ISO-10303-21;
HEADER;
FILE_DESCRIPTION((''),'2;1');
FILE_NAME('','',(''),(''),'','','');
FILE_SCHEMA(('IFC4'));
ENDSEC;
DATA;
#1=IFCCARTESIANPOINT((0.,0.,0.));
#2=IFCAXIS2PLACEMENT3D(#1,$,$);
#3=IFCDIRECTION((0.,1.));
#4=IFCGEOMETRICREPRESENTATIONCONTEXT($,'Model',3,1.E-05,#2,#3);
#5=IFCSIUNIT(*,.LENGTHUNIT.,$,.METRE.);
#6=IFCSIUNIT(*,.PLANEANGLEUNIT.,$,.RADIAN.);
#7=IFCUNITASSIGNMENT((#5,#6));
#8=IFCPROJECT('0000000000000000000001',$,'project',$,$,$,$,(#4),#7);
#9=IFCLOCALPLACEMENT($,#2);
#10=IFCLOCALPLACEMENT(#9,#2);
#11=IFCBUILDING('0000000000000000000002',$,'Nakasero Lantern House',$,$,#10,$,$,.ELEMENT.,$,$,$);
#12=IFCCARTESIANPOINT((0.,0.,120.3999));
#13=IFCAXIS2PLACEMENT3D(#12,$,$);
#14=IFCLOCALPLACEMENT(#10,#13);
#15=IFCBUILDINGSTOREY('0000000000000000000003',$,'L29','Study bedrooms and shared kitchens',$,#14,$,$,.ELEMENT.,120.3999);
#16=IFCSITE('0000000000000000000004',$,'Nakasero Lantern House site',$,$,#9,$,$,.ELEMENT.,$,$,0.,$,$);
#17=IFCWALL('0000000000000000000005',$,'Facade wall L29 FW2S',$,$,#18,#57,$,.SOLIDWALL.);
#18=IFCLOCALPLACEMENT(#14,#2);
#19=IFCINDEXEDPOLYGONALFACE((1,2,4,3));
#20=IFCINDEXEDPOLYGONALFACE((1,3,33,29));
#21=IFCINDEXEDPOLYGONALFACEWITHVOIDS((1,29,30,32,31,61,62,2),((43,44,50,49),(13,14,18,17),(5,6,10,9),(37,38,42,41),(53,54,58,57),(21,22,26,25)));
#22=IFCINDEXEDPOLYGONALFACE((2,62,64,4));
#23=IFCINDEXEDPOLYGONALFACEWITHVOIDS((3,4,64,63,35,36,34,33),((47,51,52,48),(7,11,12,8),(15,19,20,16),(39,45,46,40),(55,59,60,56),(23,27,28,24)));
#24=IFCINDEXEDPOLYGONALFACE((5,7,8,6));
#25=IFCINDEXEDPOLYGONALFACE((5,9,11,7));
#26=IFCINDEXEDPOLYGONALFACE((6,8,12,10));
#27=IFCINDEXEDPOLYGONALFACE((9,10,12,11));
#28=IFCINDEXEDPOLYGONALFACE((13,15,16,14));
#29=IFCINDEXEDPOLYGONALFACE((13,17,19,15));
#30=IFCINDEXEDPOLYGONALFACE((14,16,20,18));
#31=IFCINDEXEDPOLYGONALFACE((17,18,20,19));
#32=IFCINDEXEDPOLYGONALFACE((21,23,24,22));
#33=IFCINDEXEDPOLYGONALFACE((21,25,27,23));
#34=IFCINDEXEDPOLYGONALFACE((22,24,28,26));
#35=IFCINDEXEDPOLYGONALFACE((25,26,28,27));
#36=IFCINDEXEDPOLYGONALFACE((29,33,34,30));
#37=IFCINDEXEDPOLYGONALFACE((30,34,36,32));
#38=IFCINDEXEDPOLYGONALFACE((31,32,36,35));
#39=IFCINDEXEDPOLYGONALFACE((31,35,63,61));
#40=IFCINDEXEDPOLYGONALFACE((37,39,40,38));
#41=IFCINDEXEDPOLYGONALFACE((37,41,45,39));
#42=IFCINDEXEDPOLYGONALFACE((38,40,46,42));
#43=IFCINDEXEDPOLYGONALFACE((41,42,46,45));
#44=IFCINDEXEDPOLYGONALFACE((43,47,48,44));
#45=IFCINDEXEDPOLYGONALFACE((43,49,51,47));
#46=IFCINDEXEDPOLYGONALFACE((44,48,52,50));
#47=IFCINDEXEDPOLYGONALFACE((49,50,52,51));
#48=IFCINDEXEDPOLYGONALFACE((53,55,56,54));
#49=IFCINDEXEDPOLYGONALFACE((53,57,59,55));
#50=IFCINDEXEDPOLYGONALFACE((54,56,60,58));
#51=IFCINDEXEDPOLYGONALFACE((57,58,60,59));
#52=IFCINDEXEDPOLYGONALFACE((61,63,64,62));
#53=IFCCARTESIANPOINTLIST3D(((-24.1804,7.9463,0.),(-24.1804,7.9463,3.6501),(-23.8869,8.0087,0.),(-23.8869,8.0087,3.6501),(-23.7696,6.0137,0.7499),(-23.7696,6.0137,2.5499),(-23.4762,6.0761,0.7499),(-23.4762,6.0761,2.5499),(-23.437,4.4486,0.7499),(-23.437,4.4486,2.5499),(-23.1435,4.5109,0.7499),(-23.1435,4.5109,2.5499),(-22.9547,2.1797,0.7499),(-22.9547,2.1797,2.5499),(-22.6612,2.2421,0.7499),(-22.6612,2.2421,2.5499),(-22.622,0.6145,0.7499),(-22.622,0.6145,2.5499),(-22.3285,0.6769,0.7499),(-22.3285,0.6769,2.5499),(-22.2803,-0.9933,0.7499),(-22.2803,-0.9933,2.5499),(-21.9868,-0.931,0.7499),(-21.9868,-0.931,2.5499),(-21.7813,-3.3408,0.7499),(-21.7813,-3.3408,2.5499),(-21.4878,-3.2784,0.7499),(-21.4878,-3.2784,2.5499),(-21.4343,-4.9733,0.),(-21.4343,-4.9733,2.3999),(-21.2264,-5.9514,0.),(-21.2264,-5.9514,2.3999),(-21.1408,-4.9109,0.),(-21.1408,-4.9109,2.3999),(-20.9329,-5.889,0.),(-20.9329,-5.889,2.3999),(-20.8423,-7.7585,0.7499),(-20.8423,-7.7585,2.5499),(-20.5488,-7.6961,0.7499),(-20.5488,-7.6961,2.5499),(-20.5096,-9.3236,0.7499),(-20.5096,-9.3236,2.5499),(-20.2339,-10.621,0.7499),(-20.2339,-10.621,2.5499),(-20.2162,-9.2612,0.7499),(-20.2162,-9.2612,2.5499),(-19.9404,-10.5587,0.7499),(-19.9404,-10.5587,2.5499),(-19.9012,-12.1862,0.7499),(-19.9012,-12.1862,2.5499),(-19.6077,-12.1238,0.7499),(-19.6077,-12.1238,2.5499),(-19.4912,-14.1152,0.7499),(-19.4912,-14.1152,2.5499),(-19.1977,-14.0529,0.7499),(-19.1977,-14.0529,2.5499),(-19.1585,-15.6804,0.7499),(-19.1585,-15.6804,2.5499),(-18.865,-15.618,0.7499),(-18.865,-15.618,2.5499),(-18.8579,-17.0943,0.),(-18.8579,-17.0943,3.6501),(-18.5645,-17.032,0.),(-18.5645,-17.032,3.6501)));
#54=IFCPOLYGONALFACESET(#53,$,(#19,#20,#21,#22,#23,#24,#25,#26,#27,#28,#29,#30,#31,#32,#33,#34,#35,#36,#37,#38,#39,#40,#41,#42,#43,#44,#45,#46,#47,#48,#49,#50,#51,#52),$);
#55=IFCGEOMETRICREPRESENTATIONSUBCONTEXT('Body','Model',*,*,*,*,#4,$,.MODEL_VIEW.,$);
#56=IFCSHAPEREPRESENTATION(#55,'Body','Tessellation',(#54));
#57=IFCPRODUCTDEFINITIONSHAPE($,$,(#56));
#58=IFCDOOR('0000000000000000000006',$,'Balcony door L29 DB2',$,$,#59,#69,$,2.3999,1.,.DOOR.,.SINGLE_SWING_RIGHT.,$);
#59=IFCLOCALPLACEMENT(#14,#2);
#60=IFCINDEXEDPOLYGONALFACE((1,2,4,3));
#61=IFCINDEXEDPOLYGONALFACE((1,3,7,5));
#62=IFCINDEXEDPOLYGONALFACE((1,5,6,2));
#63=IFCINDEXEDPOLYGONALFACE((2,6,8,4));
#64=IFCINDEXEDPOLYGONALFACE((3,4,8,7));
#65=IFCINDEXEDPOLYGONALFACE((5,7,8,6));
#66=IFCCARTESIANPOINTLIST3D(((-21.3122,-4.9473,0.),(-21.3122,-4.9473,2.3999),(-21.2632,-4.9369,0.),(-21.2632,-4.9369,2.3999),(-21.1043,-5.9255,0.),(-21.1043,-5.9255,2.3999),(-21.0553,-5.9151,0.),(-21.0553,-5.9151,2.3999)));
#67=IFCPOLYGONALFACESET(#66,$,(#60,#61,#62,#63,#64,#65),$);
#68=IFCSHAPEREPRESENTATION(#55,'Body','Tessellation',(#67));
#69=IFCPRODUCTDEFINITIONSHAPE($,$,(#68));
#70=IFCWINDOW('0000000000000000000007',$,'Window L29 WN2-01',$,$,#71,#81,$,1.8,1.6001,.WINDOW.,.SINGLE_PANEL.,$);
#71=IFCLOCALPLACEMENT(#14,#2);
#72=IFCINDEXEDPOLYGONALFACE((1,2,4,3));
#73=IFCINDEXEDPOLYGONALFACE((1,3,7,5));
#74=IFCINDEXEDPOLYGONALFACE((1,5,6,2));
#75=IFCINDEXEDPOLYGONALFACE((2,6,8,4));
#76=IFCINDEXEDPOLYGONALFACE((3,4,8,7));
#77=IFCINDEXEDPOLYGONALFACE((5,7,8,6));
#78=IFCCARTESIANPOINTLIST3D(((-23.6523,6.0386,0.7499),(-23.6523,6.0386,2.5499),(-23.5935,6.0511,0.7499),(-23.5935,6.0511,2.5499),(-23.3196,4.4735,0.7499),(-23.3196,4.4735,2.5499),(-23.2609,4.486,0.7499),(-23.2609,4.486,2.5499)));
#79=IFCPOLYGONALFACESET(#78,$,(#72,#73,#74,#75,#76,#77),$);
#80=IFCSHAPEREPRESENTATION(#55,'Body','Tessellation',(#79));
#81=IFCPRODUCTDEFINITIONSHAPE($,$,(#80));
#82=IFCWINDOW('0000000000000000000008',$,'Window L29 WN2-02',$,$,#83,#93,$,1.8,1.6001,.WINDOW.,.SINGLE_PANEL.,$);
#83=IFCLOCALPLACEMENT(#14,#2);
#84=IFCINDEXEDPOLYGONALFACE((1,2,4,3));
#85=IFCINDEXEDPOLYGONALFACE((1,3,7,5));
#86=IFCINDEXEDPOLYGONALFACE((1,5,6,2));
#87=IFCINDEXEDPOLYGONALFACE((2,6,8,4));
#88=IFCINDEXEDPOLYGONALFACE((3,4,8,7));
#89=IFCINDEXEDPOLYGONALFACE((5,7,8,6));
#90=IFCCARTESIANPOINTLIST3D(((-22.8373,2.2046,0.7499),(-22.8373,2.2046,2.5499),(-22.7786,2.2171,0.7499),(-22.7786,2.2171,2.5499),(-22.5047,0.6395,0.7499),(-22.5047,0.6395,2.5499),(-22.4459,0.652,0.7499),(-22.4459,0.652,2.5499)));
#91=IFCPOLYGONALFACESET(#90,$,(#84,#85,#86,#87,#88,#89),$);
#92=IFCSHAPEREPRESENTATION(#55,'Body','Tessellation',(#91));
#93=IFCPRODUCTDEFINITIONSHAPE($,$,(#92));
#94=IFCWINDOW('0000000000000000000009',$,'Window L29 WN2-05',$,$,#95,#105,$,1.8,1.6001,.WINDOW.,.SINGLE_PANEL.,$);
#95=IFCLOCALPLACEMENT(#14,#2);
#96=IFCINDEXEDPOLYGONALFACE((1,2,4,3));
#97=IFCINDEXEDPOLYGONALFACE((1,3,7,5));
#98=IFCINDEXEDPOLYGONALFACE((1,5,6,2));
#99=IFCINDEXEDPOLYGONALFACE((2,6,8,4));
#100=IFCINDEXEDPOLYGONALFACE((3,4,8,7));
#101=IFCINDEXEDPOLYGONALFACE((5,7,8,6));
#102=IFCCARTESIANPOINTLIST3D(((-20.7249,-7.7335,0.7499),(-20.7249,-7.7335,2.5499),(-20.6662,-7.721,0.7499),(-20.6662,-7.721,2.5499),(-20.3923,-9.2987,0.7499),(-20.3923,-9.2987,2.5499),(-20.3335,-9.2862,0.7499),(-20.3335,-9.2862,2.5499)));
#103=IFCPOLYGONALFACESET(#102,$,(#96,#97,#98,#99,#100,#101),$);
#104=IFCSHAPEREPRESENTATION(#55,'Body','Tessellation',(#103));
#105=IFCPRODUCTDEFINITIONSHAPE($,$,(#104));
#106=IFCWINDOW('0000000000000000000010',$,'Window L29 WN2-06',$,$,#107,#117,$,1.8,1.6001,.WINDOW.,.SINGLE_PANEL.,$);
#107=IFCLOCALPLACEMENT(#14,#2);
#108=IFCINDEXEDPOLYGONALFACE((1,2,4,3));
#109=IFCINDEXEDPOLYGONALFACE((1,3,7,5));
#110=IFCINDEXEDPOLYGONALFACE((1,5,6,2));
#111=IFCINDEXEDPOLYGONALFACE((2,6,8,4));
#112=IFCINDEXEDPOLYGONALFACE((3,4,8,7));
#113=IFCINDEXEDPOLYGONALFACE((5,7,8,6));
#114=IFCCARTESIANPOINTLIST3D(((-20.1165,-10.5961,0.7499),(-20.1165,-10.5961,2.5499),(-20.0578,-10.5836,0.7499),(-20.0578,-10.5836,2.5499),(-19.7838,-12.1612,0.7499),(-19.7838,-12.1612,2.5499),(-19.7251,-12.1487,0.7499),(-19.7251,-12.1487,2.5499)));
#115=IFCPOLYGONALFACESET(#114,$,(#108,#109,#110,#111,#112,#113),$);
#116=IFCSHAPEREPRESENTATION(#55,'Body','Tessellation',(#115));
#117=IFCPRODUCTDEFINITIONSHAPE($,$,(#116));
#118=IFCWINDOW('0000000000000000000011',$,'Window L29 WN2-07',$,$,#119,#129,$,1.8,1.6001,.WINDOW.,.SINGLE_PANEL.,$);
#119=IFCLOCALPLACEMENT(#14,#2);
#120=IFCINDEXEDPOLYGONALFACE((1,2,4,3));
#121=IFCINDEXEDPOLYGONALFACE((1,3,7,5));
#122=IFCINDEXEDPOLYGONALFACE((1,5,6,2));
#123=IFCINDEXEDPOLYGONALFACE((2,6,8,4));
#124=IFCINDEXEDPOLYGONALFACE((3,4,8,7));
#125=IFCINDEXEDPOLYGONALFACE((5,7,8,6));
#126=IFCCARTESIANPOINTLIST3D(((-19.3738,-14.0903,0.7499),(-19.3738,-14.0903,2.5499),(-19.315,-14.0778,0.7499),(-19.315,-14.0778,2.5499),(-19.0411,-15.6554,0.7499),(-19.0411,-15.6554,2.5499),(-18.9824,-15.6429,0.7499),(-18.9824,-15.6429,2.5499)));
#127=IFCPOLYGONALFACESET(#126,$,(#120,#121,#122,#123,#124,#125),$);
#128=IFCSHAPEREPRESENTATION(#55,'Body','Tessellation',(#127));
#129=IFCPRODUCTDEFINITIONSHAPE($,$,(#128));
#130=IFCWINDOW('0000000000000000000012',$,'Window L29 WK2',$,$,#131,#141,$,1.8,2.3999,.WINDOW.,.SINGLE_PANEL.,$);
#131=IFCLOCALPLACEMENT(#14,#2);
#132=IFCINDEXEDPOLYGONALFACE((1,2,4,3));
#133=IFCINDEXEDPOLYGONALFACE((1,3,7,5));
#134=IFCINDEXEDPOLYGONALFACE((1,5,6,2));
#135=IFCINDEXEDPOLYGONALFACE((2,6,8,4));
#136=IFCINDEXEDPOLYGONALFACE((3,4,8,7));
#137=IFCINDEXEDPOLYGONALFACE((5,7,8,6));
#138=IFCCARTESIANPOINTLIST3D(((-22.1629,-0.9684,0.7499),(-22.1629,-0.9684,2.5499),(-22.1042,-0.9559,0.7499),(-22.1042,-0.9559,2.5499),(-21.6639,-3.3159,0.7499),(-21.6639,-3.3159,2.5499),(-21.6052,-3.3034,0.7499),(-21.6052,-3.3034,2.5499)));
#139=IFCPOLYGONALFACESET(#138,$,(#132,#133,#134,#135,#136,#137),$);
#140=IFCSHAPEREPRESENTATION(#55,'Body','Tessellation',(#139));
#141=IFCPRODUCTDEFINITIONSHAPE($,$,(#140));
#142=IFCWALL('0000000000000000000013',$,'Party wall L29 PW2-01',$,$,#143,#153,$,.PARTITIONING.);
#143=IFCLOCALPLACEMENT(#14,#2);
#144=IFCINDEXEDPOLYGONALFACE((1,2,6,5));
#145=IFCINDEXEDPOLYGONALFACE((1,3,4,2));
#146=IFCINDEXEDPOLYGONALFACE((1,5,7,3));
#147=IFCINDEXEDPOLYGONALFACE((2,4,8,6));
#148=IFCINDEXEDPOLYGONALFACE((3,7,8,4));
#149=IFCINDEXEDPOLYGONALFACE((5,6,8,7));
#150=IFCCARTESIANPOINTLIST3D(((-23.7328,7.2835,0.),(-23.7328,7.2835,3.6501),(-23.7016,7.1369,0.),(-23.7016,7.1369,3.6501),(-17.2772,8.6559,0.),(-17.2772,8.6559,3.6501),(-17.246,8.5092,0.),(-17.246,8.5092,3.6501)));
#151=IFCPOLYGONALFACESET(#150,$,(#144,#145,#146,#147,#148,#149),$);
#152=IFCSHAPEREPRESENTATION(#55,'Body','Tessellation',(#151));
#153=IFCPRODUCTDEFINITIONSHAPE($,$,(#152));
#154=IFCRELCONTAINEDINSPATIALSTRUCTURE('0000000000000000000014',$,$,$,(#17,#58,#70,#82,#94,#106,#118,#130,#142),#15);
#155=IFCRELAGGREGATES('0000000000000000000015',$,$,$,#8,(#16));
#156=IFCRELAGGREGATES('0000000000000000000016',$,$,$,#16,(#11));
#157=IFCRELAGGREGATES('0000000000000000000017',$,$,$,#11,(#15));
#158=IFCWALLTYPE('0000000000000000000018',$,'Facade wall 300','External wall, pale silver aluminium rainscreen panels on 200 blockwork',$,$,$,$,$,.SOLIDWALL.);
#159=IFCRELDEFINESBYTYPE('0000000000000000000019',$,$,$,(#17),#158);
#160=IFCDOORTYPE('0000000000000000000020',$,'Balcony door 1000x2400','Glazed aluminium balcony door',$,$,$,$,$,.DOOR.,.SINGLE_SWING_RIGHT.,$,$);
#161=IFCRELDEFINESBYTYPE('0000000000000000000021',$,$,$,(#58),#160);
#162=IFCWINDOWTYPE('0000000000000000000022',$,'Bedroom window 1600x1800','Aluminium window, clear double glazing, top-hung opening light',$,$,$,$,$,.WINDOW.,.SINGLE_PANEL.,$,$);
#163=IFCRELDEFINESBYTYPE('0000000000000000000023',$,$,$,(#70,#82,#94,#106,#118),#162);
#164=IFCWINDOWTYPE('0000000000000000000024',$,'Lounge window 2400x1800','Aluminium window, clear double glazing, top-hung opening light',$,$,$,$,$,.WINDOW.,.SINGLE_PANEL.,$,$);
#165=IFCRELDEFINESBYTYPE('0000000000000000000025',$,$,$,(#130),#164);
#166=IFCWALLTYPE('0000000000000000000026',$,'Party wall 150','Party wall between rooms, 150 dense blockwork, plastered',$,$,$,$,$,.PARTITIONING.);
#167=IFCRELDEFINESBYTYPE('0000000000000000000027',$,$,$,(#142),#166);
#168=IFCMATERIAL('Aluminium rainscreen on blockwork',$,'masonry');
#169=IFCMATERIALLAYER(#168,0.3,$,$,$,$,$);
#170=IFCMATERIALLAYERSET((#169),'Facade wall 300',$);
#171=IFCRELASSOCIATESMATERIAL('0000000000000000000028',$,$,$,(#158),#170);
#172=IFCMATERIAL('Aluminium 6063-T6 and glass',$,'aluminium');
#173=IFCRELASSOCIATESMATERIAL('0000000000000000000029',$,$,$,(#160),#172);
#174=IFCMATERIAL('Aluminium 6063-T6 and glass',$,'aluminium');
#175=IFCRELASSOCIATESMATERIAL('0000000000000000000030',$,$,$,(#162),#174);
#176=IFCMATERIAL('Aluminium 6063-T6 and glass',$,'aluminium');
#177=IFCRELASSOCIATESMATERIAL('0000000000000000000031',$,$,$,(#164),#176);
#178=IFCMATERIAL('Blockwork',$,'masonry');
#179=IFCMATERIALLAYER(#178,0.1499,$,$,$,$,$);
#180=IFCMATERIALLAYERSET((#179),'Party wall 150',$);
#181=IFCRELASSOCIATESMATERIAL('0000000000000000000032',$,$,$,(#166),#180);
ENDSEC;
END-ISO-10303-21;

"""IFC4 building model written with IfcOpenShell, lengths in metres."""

from ifc_helpers import new_model, si_unit, direction, frame, frame_2d, origin, place, context, subcontext, project, spatial, rectangle, extrude, material, layer, layer_set, type_object, element, fill, save


model = new_model("IFC4")

# Units and contexts
model_context = context("Model", 3, precision=1e-05, world=origin(), true_north=direction((0.0, 1.0)))
body_context = subcontext(model_context, "Body", "Model", "MODEL_VIEW")
ifc_project = project(units=[si_unit("LENGTHUNIT", "METRE"), si_unit("PLANEANGLEUNIT", "RADIAN")], contexts=[model_context])

# Site, building, storey
site_placement = place(None, origin())
site = spatial("IfcSite", under=ifc_project, at=site_placement, Name="Nakasero Lantern House site", CompositionType="ELEMENT", RefElevation=0.0)
building_placement = place(site_placement, origin())
building = spatial("IfcBuilding", under=site, at=building_placement, Name="Nakasero Lantern House", CompositionType="ELEMENT")
storey_placement = place(building_placement, frame((0.0, 0.0, 120.3999)))
storey = spatial("IfcBuildingStorey", under=building, at=storey_placement, Name="L29", Description="Study bedrooms and shared kitchens", CompositionType="ELEMENT", Elevation=120.3999)

# Wall, openings, door, windows
ifc_material_1 = material(Name="Aluminium rainscreen on blockwork", Category="masonry")
ifc_layer_1 = layer(ifc_material_1, 0.3)
ifc_layer_set_1 = layer_set([ifc_layer_1], Name="Facade wall 300")
wall_type_1 = type_object("IfcWallType", Name="Facade wall 300", Description="External wall, pale silver aluminium rainscreen panels on 200 blockwork", PredefinedType="SOLIDWALL", material=ifc_layer_set_1)
wall_1_placement = place(storey_placement, frame((-24.0337, 7.9775, 0.0), z_axis=(0.0, 0.0, 1.0), x_axis=(0.207909, -0.978148, 0.0)))
wall_1 = element("IfcWall", 1, at=wall_1_placement, inside=storey, type_object=wall_type_1, Name="Facade wall L29 FW2S", PredefinedType="SOLIDWALL", context=body_context, shape_type="SweptSolid", body=[
    extrude(rectangle(XDim=25.6001, YDim=0.3, at=frame_2d((12.8, 0.0))), origin(), (0.0, 0.0, 1.0), 3.6501),
])
opening_1_placement = place(wall_1_placement, frame((1.9758, 0.0, 0.75)))
opening_1 = element("IfcOpeningElement", 2, at=opening_1_placement, cuts=wall_1, PredefinedType="OPENING", context=body_context, shape_type="SweptSolid", body=[
    extrude(rectangle(XDim=1.6001, YDim=1.8, at=frame_2d((0.8, 0.8999))), frame((0.0, 0.1699, 0.0), z_axis=(0.0, -1.0, 0.0), x_axis=(1.0, 0.0, 0.0)), (0.0, 0.0, 1.0), 0.3401),
])
opening_2_placement = place(wall_1_placement, frame((5.8955, 0.0, 0.75)))
opening_2 = element("IfcOpeningElement", 3, at=opening_2_placement, cuts=wall_1, PredefinedType="OPENING", context=body_context, shape_type="SweptSolid", body=[
    extrude(rectangle(XDim=1.6001, YDim=1.8, at=frame_2d((0.8, 0.8999))), frame((0.0, 0.1699, 0.0), z_axis=(0.0, -1.0, 0.0), x_axis=(1.0, 0.0, 0.0)), (0.0, 0.0, 1.0), 0.3401),
])
opening_3_placement = place(wall_1_placement, frame((16.0557, 0.0, 0.75)))
opening_3 = element("IfcOpeningElement", 4, at=opening_3_placement, cuts=wall_1, PredefinedType="OPENING", context=body_context, shape_type="SweptSolid", body=[
    extrude(rectangle(XDim=1.6001, YDim=1.8, at=frame_2d((0.8, 0.8999))), frame((0.0, 0.1699, 0.0), z_axis=(0.0, -1.0, 0.0), x_axis=(1.0, 0.0, 0.0)), (0.0, 0.0, 1.0), 0.3401),
])
opening_4_placement = place(wall_1_placement, frame((18.9822, 0.0, 0.75)))
opening_4 = element("IfcOpeningElement", 5, at=opening_4_placement, cuts=wall_1, PredefinedType="OPENING", context=body_context, shape_type="SweptSolid", body=[
    extrude(rectangle(XDim=1.6001, YDim=1.8, at=frame_2d((0.8, 0.8999))), frame((0.0, 0.1699, 0.0), z_axis=(0.0, -1.0, 0.0), x_axis=(1.0, 0.0, 0.0)), (0.0, 0.0, 1.0), 0.3401),
])
opening_5_placement = place(wall_1_placement, frame((22.5544, 0.0, 0.75)))
opening_5 = element("IfcOpeningElement", 6, at=opening_5_placement, cuts=wall_1, PredefinedType="OPENING", context=body_context, shape_type="SweptSolid", body=[
    extrude(rectangle(XDim=1.6001, YDim=1.8, at=frame_2d((0.8, 0.8999))), frame((0.0, 0.1699, 0.0), z_axis=(0.0, -1.0, 0.0), x_axis=(1.0, 0.0, 0.0)), (0.0, 0.0, 1.0), 0.3401),
])
opening_6_placement = place(wall_1_placement, frame((9.1394, 0.0, 0.75)))
opening_6 = element("IfcOpeningElement", 7, at=opening_6_placement, cuts=wall_1, PredefinedType="OPENING", context=body_context, shape_type="SweptSolid", body=[
    extrude(rectangle(XDim=2.3999, YDim=1.8, at=frame_2d((1.2, 0.8999))), frame((0.0, 0.1699, 0.0), z_axis=(0.0, -1.0, 0.0), x_axis=(1.0, 0.0, 0.0)), (0.0, 0.0, 1.0), 0.3401),
])
opening_7_placement = place(wall_1_placement, frame((13.2083, 0.0, 0.0)))
opening_7 = element("IfcOpeningElement", 8, at=opening_7_placement, cuts=wall_1, PredefinedType="OPENING", context=body_context, shape_type="SweptSolid", body=[
    extrude(rectangle(XDim=1.0, YDim=2.3999, at=frame_2d((0.5, 1.2))), frame((0.0, 0.1699, 0.0), z_axis=(0.0, -1.0, 0.0), x_axis=(1.0, 0.0, 0.0)), (0.0, 0.0, 1.0), 0.3401),
])
ifc_material_2 = material(Name="Aluminium 6063-T6 and glass", Category="aluminium")
door_type_1 = type_object("IfcDoorType", Name="Balcony door 1000x2400", Description="Glazed aluminium balcony door", OperationType="SINGLE_SWING_RIGHT", PredefinedType="DOOR", material=ifc_material_2)
door_1_placement = place(opening_7_placement, origin())
door_1 = element("IfcDoor", 9, at=door_1_placement, inside=storey, type_object=door_type_1, Name="Balcony door L29 DB2", OperationType="SINGLE_SWING_RIGHT", OverallHeight=2.3999, OverallWidth=1.0, PredefinedType="DOOR", context=body_context, shape_type="SweptSolid", body=[
    extrude(rectangle(XDim=1.0, YDim=2.3999, at=frame_2d((0.5, 1.2))), frame((0.0, 0.0249, 0.0), z_axis=(0.0, -1.0, 0.0), x_axis=(1.0, 0.0, 0.0)), (0.0, 0.0, 1.0), 0.05),
])
fill(opening_7, door_1)
ifc_material_3 = material(Name="Aluminium 6063-T6 and glass", Category="aluminium")
window_type_1 = type_object("IfcWindowType", Name="Bedroom window 1600x1800", Description="Aluminium window, clear double glazing, top-hung opening light", PartitioningType="SINGLE_PANEL", PredefinedType="WINDOW", material=ifc_material_3)
window_1_placement = place(opening_1_placement, origin())
window_1 = element("IfcWindow", 10, at=window_1_placement, inside=storey, type_object=window_type_1, Name="Window L29 WN2-01", OverallHeight=1.8, OverallWidth=1.6001, PartitioningType="SINGLE_PANEL", PredefinedType="WINDOW", context=body_context, shape_type="SweptSolid", body=[
    extrude(rectangle(XDim=1.6001, YDim=1.8, at=frame_2d((0.8, 0.8999))), frame((0.0, 0.03, 0.0), z_axis=(0.0, -1.0, 0.0), x_axis=(1.0, 0.0, 0.0)), (0.0, 0.0, 1.0), 0.0601),
])
fill(opening_1, window_1)
window_2_placement = place(opening_2_placement, origin())
window_2 = element("IfcWindow", 11, at=window_2_placement, inside=storey, type_object=window_type_1, Name="Window L29 WN2-02", OverallHeight=1.8, OverallWidth=1.6001, PartitioningType="SINGLE_PANEL", PredefinedType="WINDOW", context=body_context, shape_type="SweptSolid", body=[
    extrude(rectangle(XDim=1.6001, YDim=1.8, at=frame_2d((0.8, 0.8999))), frame((0.0, 0.03, 0.0), z_axis=(0.0, -1.0, 0.0), x_axis=(1.0, 0.0, 0.0)), (0.0, 0.0, 1.0), 0.0601),
])
fill(opening_2, window_2)
window_3_placement = place(opening_3_placement, origin())
window_3 = element("IfcWindow", 12, at=window_3_placement, inside=storey, type_object=window_type_1, Name="Window L29 WN2-05", OverallHeight=1.8, OverallWidth=1.6001, PartitioningType="SINGLE_PANEL", PredefinedType="WINDOW", context=body_context, shape_type="SweptSolid", body=[
    extrude(rectangle(XDim=1.6001, YDim=1.8, at=frame_2d((0.8, 0.8999))), frame((0.0, 0.03, 0.0), z_axis=(0.0, -1.0, 0.0), x_axis=(1.0, 0.0, 0.0)), (0.0, 0.0, 1.0), 0.0601),
])
fill(opening_3, window_3)
window_4_placement = place(opening_4_placement, origin())
window_4 = element("IfcWindow", 13, at=window_4_placement, inside=storey, type_object=window_type_1, Name="Window L29 WN2-06", OverallHeight=1.8, OverallWidth=1.6001, PartitioningType="SINGLE_PANEL", PredefinedType="WINDOW", context=body_context, shape_type="SweptSolid", body=[
    extrude(rectangle(XDim=1.6001, YDim=1.8, at=frame_2d((0.8, 0.8999))), frame((0.0, 0.03, 0.0), z_axis=(0.0, -1.0, 0.0), x_axis=(1.0, 0.0, 0.0)), (0.0, 0.0, 1.0), 0.0601),
])
fill(opening_4, window_4)
window_5_placement = place(opening_5_placement, origin())
window_5 = element("IfcWindow", 14, at=window_5_placement, inside=storey, type_object=window_type_1, Name="Window L29 WN2-07", OverallHeight=1.8, OverallWidth=1.6001, PartitioningType="SINGLE_PANEL", PredefinedType="WINDOW", context=body_context, shape_type="SweptSolid", body=[
    extrude(rectangle(XDim=1.6001, YDim=1.8, at=frame_2d((0.8, 0.8999))), frame((0.0, 0.03, 0.0), z_axis=(0.0, -1.0, 0.0), x_axis=(1.0, 0.0, 0.0)), (0.0, 0.0, 1.0), 0.0601),
])
fill(opening_5, window_5)
ifc_material_4 = material(Name="Aluminium 6063-T6 and glass", Category="aluminium")
window_type_2 = type_object("IfcWindowType", Name="Lounge window 2400x1800", Description="Aluminium window, clear double glazing, top-hung opening light", PartitioningType="SINGLE_PANEL", PredefinedType="WINDOW", material=ifc_material_4)
window_6_placement = place(opening_6_placement, origin())
window_6 = element("IfcWindow", 15, at=window_6_placement, inside=storey, type_object=window_type_2, Name="Window L29 WK2", OverallHeight=1.8, OverallWidth=2.3999, PartitioningType="SINGLE_PANEL", PredefinedType="WINDOW", context=body_context, shape_type="SweptSolid", body=[
    extrude(rectangle(XDim=2.3999, YDim=1.8, at=frame_2d((1.2, 0.8999))), frame((0.0, 0.03, 0.0), z_axis=(0.0, -1.0, 0.0), x_axis=(1.0, 0.0, 0.0)), (0.0, 0.0, 1.0), 0.0601),
])
fill(opening_6, window_6)

# Wall
ifc_material_5 = material(Name="Blockwork", Category="masonry")
ifc_layer_2 = layer(ifc_material_5, 0.1499)
ifc_layer_set_2 = layer_set([ifc_layer_2], Name="Party wall 150")
wall_type_2 = type_object("IfcWallType", Name="Party wall 150", Description="Party wall between rooms, 150 dense blockwork, plastered", PredefinedType="PARTITIONING", material=ifc_layer_set_2)
wall_2_placement = place(storey_placement, frame((-17.2617, 8.5825, 0.0), z_axis=(0.0, 0.0, 1.0), x_axis=(-0.978143, -0.207932, 0.0)))
element("IfcWall", 16, at=wall_2_placement, inside=storey, type_object=wall_type_2, Name="Party wall L29 PW2-01", PredefinedType="PARTITIONING", context=body_context, shape_type="SweptSolid", body=[
    extrude(rectangle(XDim=6.5999, YDim=0.1499, at=frame_2d((3.2998, 0.0))), origin(), (0.0, 0.0, 1.0), 3.6501),
])

save(model, "model.ifc")
